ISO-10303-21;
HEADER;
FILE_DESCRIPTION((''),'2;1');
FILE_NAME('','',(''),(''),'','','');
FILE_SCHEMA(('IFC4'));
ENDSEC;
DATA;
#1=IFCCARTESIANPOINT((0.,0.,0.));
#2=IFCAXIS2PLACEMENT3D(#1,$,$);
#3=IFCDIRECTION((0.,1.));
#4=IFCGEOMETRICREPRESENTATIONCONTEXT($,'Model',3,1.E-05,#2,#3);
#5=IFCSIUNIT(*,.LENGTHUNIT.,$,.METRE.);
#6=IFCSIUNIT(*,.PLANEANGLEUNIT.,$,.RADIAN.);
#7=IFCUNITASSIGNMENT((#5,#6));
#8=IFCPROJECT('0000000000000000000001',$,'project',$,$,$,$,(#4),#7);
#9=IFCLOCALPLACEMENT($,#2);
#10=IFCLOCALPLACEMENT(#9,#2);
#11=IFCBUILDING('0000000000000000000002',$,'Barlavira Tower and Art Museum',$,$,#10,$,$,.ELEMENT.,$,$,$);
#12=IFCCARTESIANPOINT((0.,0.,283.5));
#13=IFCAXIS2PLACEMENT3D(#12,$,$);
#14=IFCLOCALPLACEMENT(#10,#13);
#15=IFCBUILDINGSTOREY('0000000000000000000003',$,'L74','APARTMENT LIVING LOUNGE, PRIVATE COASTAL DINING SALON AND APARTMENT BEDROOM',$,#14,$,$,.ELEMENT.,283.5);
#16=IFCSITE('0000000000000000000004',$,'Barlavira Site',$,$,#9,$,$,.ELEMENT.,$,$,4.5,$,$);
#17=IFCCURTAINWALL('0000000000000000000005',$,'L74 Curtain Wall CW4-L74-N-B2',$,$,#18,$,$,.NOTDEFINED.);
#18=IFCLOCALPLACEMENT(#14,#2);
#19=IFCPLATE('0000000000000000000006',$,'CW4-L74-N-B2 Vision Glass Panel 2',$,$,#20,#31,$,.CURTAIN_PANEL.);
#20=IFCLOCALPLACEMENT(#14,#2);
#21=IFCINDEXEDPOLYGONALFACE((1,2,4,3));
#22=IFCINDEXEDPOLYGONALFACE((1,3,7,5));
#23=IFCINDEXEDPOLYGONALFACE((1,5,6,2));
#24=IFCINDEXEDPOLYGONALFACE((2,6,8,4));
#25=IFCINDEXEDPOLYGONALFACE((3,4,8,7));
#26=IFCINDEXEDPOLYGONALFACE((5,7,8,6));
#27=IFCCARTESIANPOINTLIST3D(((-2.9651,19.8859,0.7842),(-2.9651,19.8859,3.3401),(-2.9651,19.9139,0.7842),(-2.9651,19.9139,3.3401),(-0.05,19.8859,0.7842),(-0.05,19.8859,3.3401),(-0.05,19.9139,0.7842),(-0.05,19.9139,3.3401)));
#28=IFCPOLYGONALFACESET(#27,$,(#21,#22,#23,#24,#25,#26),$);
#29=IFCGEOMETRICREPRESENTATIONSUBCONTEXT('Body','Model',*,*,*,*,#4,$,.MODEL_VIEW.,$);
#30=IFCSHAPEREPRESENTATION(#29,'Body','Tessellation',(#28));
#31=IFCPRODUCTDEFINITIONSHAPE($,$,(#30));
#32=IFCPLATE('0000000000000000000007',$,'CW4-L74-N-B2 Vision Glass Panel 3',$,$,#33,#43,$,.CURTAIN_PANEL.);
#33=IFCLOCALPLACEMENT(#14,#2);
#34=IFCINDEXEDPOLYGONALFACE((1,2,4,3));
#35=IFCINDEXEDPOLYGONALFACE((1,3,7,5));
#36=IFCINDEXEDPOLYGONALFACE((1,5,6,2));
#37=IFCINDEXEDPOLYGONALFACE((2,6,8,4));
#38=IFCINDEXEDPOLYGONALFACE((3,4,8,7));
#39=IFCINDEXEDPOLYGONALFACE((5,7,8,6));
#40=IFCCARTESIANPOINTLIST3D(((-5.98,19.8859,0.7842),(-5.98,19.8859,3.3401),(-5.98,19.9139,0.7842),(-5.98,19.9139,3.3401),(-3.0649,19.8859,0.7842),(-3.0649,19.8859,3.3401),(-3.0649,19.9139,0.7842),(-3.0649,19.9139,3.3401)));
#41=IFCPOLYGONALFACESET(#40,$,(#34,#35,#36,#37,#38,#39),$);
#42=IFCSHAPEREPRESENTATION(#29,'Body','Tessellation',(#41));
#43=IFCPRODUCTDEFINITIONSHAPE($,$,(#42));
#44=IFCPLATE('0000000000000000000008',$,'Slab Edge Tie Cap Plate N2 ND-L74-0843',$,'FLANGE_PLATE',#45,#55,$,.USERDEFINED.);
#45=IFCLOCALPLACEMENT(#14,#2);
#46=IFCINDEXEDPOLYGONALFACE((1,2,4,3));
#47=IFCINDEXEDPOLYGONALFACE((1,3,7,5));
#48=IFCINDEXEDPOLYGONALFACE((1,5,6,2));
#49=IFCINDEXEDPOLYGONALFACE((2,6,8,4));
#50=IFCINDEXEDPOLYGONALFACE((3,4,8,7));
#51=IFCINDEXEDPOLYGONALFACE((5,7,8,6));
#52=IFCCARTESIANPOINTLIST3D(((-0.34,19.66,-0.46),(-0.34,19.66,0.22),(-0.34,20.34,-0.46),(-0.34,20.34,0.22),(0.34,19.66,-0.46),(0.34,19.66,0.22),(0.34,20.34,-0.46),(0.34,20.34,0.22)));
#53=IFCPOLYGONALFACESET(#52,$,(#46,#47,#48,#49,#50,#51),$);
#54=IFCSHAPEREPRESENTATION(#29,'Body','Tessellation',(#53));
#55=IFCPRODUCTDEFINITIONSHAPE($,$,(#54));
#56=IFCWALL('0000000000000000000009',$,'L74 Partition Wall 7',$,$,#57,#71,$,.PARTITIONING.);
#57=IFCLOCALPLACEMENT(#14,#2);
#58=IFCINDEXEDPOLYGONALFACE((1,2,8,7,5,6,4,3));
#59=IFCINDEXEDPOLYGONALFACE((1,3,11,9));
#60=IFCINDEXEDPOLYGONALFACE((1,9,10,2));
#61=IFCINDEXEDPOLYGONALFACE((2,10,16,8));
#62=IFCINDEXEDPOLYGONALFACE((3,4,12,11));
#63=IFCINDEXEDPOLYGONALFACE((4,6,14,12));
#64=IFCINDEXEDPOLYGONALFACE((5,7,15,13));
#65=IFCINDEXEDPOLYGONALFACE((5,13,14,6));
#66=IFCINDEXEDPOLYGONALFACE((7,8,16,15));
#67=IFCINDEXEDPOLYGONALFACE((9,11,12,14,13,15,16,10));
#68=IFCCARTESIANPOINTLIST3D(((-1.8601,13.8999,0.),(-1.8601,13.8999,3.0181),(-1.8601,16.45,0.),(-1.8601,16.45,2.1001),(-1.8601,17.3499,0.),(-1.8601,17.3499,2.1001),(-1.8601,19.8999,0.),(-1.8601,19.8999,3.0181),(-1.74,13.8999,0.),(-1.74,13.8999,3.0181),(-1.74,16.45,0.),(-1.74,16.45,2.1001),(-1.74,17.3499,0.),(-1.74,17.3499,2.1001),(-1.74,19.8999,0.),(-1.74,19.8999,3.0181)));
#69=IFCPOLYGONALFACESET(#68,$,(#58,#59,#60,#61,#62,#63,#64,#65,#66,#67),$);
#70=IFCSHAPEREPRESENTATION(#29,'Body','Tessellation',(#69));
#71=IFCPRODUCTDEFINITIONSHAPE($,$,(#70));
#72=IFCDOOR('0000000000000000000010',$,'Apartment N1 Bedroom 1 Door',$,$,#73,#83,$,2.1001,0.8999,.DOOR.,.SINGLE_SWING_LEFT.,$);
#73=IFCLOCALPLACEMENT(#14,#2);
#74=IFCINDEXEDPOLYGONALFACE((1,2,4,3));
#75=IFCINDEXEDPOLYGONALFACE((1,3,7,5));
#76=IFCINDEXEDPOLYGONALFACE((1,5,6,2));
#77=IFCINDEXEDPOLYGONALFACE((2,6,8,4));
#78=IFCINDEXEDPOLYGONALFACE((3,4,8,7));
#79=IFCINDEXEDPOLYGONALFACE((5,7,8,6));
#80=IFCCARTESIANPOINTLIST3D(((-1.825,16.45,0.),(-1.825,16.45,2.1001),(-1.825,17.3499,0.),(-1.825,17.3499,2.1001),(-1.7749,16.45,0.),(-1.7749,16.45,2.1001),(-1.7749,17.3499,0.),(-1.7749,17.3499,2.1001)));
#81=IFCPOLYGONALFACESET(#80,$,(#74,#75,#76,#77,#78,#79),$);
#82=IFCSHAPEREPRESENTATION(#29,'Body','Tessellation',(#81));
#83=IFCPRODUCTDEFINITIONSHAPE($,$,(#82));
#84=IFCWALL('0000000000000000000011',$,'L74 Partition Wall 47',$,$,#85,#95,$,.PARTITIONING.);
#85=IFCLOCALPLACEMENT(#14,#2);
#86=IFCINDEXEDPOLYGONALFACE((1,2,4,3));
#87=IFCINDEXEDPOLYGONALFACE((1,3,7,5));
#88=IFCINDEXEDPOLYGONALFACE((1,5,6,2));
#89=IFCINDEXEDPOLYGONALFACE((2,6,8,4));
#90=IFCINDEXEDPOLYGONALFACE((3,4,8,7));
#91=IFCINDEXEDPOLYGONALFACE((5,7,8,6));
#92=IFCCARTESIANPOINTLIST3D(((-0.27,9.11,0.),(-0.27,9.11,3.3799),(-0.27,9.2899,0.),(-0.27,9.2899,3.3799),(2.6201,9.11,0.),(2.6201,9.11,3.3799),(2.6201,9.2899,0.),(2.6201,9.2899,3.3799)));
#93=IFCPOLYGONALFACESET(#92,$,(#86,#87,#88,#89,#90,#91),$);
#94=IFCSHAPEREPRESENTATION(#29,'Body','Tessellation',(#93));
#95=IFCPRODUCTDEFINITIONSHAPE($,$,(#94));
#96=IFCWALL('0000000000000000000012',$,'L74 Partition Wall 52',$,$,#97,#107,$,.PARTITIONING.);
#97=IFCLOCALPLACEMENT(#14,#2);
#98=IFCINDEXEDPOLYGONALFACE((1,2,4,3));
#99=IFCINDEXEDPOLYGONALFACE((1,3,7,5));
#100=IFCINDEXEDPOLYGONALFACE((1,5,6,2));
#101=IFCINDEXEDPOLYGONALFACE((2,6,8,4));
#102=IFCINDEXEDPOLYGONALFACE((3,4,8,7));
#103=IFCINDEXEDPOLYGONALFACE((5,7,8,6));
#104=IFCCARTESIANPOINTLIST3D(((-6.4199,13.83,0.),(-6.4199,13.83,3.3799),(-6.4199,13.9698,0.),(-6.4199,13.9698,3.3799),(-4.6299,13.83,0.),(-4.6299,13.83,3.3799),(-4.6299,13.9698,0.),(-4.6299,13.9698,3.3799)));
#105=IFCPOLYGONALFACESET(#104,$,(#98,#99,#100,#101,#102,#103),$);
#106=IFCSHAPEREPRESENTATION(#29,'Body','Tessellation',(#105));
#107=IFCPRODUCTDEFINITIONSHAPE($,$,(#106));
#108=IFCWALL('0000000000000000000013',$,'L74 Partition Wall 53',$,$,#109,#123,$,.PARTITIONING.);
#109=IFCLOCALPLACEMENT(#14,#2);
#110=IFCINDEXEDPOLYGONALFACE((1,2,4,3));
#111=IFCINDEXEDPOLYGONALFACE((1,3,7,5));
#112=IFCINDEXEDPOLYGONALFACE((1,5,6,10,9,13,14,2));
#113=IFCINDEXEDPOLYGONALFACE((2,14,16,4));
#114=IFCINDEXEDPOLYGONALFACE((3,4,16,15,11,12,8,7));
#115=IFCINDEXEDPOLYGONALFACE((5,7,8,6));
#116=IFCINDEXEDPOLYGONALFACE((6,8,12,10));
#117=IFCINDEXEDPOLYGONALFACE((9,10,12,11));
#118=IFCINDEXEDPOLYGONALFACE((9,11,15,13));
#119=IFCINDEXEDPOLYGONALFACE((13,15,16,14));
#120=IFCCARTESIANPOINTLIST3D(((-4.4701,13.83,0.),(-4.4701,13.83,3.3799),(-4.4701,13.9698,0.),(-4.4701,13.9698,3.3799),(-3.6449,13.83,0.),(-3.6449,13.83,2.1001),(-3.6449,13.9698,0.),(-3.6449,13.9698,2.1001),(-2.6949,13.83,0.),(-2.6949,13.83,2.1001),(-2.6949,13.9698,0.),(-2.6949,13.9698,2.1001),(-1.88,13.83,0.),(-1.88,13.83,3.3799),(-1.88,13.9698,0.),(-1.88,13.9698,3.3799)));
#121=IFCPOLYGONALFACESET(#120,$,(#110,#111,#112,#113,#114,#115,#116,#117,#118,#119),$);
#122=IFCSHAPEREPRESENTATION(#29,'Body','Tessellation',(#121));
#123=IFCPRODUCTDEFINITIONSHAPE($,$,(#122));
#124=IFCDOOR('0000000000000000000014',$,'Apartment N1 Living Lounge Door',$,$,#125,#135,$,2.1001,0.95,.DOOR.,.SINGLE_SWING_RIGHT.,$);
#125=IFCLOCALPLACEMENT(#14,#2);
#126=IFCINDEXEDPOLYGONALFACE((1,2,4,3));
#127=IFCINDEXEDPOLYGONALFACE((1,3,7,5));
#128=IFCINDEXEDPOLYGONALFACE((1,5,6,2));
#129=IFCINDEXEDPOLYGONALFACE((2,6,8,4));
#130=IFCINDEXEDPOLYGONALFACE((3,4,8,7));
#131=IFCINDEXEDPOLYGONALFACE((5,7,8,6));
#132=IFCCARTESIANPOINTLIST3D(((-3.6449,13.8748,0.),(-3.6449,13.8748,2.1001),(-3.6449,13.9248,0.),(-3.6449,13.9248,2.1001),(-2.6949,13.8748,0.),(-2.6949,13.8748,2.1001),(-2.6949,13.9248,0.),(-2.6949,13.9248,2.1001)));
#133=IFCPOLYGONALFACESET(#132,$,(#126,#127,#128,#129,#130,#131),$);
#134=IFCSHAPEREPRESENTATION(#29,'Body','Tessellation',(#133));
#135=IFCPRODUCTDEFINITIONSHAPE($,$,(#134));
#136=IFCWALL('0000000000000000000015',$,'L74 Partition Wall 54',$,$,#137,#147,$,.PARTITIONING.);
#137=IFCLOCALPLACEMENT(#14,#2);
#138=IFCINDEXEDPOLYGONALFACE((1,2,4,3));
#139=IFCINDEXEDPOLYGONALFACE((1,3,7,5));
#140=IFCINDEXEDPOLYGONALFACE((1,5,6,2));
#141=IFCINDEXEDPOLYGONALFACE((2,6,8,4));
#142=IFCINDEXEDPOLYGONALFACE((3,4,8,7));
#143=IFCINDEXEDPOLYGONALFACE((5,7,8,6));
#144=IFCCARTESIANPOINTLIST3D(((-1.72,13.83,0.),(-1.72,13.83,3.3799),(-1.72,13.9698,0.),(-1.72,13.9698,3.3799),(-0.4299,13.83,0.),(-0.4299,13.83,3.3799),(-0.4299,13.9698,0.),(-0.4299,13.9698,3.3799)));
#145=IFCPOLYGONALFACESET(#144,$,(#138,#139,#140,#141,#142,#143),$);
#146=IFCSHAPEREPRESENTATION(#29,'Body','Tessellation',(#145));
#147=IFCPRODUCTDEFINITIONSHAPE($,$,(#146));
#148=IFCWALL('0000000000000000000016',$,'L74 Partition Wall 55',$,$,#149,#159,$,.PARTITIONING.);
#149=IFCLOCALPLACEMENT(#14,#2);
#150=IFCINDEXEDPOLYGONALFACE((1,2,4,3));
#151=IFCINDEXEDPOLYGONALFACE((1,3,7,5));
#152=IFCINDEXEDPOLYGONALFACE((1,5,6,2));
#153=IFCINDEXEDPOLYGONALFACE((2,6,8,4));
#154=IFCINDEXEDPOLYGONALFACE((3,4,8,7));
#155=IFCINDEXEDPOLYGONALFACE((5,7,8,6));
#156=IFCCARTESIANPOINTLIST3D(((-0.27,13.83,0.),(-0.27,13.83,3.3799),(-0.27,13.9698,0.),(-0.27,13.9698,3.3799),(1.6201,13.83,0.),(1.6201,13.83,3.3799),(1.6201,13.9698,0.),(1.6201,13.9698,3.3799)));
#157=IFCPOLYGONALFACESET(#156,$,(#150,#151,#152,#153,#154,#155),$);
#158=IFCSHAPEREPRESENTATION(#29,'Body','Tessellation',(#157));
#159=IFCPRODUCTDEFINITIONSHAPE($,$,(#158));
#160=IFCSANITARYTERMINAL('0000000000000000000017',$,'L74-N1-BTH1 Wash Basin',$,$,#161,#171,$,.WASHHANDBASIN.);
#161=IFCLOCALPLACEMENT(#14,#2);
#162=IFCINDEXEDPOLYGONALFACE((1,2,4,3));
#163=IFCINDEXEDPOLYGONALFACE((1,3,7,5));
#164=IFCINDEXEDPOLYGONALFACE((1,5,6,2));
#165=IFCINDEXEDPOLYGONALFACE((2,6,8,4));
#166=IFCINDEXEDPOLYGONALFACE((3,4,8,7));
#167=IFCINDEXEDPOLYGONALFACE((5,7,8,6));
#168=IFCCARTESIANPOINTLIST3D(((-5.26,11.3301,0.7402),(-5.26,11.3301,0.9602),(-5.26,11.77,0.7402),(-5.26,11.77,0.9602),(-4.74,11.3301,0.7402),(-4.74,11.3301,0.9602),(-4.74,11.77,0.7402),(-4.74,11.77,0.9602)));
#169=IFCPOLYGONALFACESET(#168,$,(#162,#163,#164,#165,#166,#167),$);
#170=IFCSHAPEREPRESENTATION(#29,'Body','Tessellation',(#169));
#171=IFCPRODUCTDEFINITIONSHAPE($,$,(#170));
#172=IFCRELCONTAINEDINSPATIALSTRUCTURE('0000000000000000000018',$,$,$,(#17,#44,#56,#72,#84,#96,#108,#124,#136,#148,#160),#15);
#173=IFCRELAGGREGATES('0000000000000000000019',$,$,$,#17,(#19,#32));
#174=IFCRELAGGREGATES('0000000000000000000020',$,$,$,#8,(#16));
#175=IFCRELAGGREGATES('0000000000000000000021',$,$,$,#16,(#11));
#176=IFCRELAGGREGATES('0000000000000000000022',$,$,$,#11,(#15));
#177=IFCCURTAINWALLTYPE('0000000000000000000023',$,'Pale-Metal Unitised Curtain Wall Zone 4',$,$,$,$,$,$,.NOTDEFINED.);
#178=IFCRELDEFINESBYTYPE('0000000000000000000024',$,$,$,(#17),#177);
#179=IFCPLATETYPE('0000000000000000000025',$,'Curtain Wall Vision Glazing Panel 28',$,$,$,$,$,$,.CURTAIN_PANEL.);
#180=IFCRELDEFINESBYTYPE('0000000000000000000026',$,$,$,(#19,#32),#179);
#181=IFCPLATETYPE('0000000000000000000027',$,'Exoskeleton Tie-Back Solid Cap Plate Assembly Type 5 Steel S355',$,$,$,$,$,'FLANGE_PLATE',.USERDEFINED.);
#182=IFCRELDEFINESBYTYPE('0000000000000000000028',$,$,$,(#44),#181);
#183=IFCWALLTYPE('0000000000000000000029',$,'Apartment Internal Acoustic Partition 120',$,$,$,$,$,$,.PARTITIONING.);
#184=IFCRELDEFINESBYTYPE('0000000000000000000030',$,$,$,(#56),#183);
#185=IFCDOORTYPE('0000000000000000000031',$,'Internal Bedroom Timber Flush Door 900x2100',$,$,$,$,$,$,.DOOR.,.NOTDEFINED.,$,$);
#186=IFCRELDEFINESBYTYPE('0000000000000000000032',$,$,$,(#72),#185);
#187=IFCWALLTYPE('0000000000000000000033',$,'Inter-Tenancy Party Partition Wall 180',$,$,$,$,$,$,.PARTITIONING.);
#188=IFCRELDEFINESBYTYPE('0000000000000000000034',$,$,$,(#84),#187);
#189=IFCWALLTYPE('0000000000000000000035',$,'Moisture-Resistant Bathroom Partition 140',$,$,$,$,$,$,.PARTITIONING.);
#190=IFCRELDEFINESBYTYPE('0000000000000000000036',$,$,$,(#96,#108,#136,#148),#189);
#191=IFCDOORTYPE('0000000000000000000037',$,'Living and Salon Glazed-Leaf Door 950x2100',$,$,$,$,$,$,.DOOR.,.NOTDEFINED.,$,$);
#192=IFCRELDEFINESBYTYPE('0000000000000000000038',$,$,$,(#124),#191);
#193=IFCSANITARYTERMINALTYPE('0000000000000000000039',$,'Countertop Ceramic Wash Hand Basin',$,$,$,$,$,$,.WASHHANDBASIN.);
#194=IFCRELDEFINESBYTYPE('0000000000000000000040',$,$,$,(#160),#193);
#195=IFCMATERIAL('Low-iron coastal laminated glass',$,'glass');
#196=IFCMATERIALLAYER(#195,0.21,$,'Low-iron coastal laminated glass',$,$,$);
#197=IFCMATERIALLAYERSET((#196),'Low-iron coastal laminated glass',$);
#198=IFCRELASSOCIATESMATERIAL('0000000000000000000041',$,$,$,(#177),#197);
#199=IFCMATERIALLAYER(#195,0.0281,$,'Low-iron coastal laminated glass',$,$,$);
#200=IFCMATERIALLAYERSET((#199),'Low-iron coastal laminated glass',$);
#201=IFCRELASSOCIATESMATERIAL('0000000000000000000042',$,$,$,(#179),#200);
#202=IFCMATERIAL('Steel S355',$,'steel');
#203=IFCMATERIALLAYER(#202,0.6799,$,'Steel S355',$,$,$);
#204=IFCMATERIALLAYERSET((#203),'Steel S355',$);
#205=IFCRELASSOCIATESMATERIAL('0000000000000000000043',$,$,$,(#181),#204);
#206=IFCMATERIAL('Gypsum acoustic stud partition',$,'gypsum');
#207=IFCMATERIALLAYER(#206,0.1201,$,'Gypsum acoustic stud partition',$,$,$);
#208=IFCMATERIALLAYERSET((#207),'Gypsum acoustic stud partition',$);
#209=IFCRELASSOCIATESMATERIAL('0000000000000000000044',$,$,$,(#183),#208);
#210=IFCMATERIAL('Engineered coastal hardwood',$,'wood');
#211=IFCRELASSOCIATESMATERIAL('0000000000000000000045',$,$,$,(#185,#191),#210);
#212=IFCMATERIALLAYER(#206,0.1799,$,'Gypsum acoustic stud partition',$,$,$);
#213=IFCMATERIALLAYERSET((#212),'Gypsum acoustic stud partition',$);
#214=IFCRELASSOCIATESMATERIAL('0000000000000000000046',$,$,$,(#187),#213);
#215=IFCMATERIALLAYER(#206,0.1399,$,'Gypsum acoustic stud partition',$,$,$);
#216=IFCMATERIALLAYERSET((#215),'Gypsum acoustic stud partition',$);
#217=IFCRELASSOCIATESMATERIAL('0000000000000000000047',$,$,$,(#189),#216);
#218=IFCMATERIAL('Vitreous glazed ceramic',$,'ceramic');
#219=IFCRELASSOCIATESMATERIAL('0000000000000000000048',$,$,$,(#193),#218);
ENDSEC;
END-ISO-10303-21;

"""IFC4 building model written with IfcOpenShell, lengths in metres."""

from ifc_helpers import new_model, si_unit, direction, frame, frame_2d, origin, origin_2d, place, context, subcontext, project, spatial, rectangle, extrude, material, layer, layer_set, type_object, element, fill, aggregate, save


model = new_model("IFC4")

# Units and contexts
model_context = context("Model", 3, precision=1e-05, world=origin(), true_north=direction((0.0, 1.0)))
body_context = subcontext(model_context, "Body", "Model", "MODEL_VIEW")
ifc_project = project(units=[si_unit("LENGTHUNIT", "METRE"), si_unit("PLANEANGLEUNIT", "RADIAN")], contexts=[model_context])

# Site, building, storey
site_placement = place(None, origin())
site = spatial("IfcSite", under=ifc_project, at=site_placement, Name="Barlavira Site", CompositionType="ELEMENT", RefElevation=4.5)
building_placement = place(site_placement, origin())
building = spatial("IfcBuilding", under=site, at=building_placement, Name="Barlavira Tower and Art Museum", CompositionType="ELEMENT")
storey_placement = place(building_placement, frame((0.0, 0.0, 283.5)))
storey = spatial("IfcBuildingStorey", under=building, at=storey_placement, Name="L74", Description="APARTMENT LIVING LOUNGE, PRIVATE COASTAL DINING SALON AND APARTMENT BEDROOM", CompositionType="ELEMENT", Elevation=283.5)

# Curtain wall, plates
ifc_material_1 = material(Name="Low-iron coastal laminated glass", Category="glass")
ifc_layer_1 = layer(ifc_material_1, 0.21, Name="Low-iron coastal laminated glass")
ifc_layer_set_1 = layer_set([ifc_layer_1], Name="Low-iron coastal laminated glass")
curtain_wall_type = type_object("IfcCurtainWallType", Name="Pale-Metal Unitised Curtain Wall Zone 4", PredefinedType="NOTDEFINED", material=ifc_layer_set_1)
curtain_wall_placement = place(storey_placement, origin())
curtain_wall = element("IfcCurtainWall", 1, at=curtain_wall_placement, inside=storey, type_object=curtain_wall_type, Name="L74 Curtain Wall CW4-L74-N-B2", PredefinedType="NOTDEFINED")
ifc_layer_2 = layer(ifc_material_1, 0.0281, Name="Low-iron coastal laminated glass")
ifc_layer_set_2 = layer_set([ifc_layer_2], Name="Low-iron coastal laminated glass")
plate_type_1 = type_object("IfcPlateType", Name="Curtain Wall Vision Glazing Panel 28", PredefinedType="CURTAIN_PANEL", material=ifc_layer_set_2)
plate_1_placement = place(storey_placement, frame((-1.5076, 19.8999, 0.7842), z_axis=(0.0, 0.0, 1.0), x_axis=(-1.0, 0.0, 0.0)))
plate_1 = element("IfcPlate", 2, at=plate_1_placement, type_object=plate_type_1, Name="CW4-L74-N-B2 Vision Glass Panel 2", PredefinedType="CURTAIN_PANEL", context=body_context, shape_type="SweptSolid", body=[
    extrude(rectangle(XDim=2.915, YDim=0.0281, at=origin_2d()), origin(), (0.0, 0.0, 1.0), 2.5559),
])
plate_2_placement = place(storey_placement, frame((-4.5225, 19.8999, 0.7842), z_axis=(0.0, 0.0, 1.0), x_axis=(-1.0, 0.0, 0.0)))
plate_2 = element("IfcPlate", 3, at=plate_2_placement, type_object=plate_type_1, Name="CW4-L74-N-B2 Vision Glass Panel 3", PredefinedType="CURTAIN_PANEL", context=body_context, shape_type="SweptSolid", body=[
    extrude(rectangle(XDim=2.915, YDim=0.0281, at=origin_2d()), origin(), (0.0, 0.0, 1.0), 2.5559),
])
aggregate(curtain_wall, [plate_1, plate_2])

# Plate
ifc_material_2 = material(Name="Steel S355", Category="steel")
ifc_layer_3 = layer(ifc_material_2, 0.6799, Name="Steel S355")
ifc_layer_set_3 = layer_set([ifc_layer_3], Name="Steel S355")
plate_type_2 = type_object("IfcPlateType", Name="Exoskeleton Tie-Back Solid Cap Plate Assembly Type 5 Steel S355", ElementType="FLANGE_PLATE", PredefinedType="USERDEFINED", material=ifc_layer_set_3)
plate_3_placement = place(storey_placement, frame((0.0, 20.0, -0.46), z_axis=(0.0, 0.0, 1.0), x_axis=(1.0, 0.0, 0.0)))
element("IfcPlate", 4, at=plate_3_placement, inside=storey, type_object=plate_type_2, Name="Slab Edge Tie Cap Plate N2 ND-L74-0843", ObjectType="FLANGE_PLATE", PredefinedType="USERDEFINED", context=body_context, shape_type="SweptSolid", body=[
    extrude(rectangle(XDim=0.6799, YDim=0.6799, at=origin_2d()), origin(), (0.0, 0.0, 1.0), 0.6799),
])

# Wall, opening, door
ifc_material_3 = material(Name="Gypsum acoustic stud partition", Category="gypsum")
ifc_layer_4 = layer(ifc_material_3, 0.1201, Name="Gypsum acoustic stud partition")
ifc_layer_set_4 = layer_set([ifc_layer_4], Name="Gypsum acoustic stud partition")
wall_type_1 = type_object("IfcWallType", Name="Apartment Internal Acoustic Partition 120", PredefinedType="PARTITIONING", material=ifc_layer_set_4)
wall_1_placement = place(storey_placement, frame((-1.8, 13.8999, 0.0), z_axis=(0.0, 0.0, 1.0), x_axis=(0.0, 1.0, 0.0)))
wall_1 = element("IfcWall", 5, at=wall_1_placement, inside=storey, type_object=wall_type_1, Name="L74 Partition Wall 7", PredefinedType="PARTITIONING", context=body_context, shape_type="SweptSolid", body=[
    extrude(rectangle(XDim=6.0, YDim=0.1201, at=frame_2d((3.0, 0.0))), origin(), (0.0, 0.0, 1.0), 3.0181),
])
opening_1_placement = place(wall_1_placement, frame((2.55, 0.0, 0.0)))
opening_1 = element("IfcOpeningElement", 6, at=opening_1_placement, cuts=wall_1, PredefinedType="OPENING", context=body_context, shape_type="SweptSolid", body=[
    extrude(rectangle(XDim=0.8999, YDim=2.1001, at=frame_2d((0.45, 1.05))), frame((0.0, 0.0701, 0.0), z_axis=(0.0, -1.0, 0.0), x_axis=(1.0, 0.0, 0.0)), (0.0, 0.0, 1.0), 0.1401),
])
ifc_material_4 = material(Name="Engineered coastal hardwood", Category="wood")
door_type_1 = type_object("IfcDoorType", Name="Internal Bedroom Timber Flush Door 900x2100", OperationType="NOTDEFINED", PredefinedType="DOOR", material=ifc_material_4)
door_1_placement = place(opening_1_placement, origin())
door_1 = element("IfcDoor", 7, at=door_1_placement, inside=storey, type_object=door_type_1, Name="Apartment N1 Bedroom 1 Door", OperationType="SINGLE_SWING_LEFT", OverallHeight=2.1001, OverallWidth=0.8999, PredefinedType="DOOR", context=body_context, shape_type="SweptSolid", body=[
    extrude(rectangle(XDim=0.8999, YDim=2.1001, at=frame_2d((0.45, 1.05))), frame((0.0, 0.0249, 0.0), z_axis=(0.0, -1.0, 0.0), x_axis=(1.0, 0.0, 0.0)), (0.0, 0.0, 1.0), 0.05),
])
fill(opening_1, door_1)

# Walls
ifc_layer_5 = layer(ifc_material_3, 0.1799, Name="Gypsum acoustic stud partition")
ifc_layer_set_5 = layer_set([ifc_layer_5], Name="Gypsum acoustic stud partition")
wall_type_2 = type_object("IfcWallType", Name="Inter-Tenancy Party Partition Wall 180", PredefinedType="PARTITIONING", material=ifc_layer_set_5)
wall_2_placement = place(storey_placement, frame((-0.27, 9.2, 0.0), z_axis=(0.0, 0.0, 1.0), x_axis=(1.0, 0.0, 0.0)))
element("IfcWall", 8, at=wall_2_placement, inside=storey, type_object=wall_type_2, Name="L74 Partition Wall 47", PredefinedType="PARTITIONING", context=body_context, shape_type="SweptSolid", body=[
    extrude(rectangle(XDim=2.8901, YDim=0.1799, at=frame_2d((1.4451, 0.0))), origin(), (0.0, 0.0, 1.0), 3.3799),
])
ifc_layer_6 = layer(ifc_material_3, 0.1399, Name="Gypsum acoustic stud partition")
ifc_layer_set_6 = layer_set([ifc_layer_6], Name="Gypsum acoustic stud partition")
wall_type_3 = type_object("IfcWallType", Name="Moisture-Resistant Bathroom Partition 140", PredefinedType="PARTITIONING", material=ifc_layer_set_6)
wall_3_placement = place(storey_placement, frame((-6.4199, 13.8999, 0.0), z_axis=(0.0, 0.0, 1.0), x_axis=(1.0, 0.0, 0.0)))
element("IfcWall", 9, at=wall_3_placement, inside=storey, type_object=wall_type_3, Name="L74 Partition Wall 52", PredefinedType="PARTITIONING", context=body_context, shape_type="SweptSolid", body=[
    extrude(rectangle(XDim=1.79, YDim=0.1399, at=frame_2d((0.895, 0.0))), origin(), (0.0, 0.0, 1.0), 3.3799),
])

# Wall, opening, door
wall_4_placement = place(storey_placement, frame((-4.47, 13.8999, 0.0), z_axis=(0.0, 0.0, 1.0), x_axis=(1.0, 0.0, 0.0)))
wall_4 = element("IfcWall", 10, at=wall_4_placement, inside=storey, type_object=wall_type_3, Name="L74 Partition Wall 53", PredefinedType="PARTITIONING", context=body_context, shape_type="SweptSolid", body=[
    extrude(rectangle(XDim=2.5901, YDim=0.1399, at=frame_2d((1.2949, 0.0))), origin(), (0.0, 0.0, 1.0), 3.3799),
])
opening_2_placement = place(wall_4_placement, frame((0.825, 0.0, 0.0)))
opening_2 = element("IfcOpeningElement", 11, at=opening_2_placement, cuts=wall_4, PredefinedType="OPENING", context=body_context, shape_type="SweptSolid", body=[
    extrude(rectangle(XDim=0.95, YDim=2.1001, at=frame_2d((0.4751, 1.05))), frame((0.0, 0.0801, 0.0), z_axis=(0.0, -1.0, 0.0), x_axis=(1.0, 0.0, 0.0)), (0.0, 0.0, 1.0), 0.1599),
])
door_type_2 = type_object("IfcDoorType", Name="Living and Salon Glazed-Leaf Door 950x2100", OperationType="NOTDEFINED", PredefinedType="DOOR", material=ifc_material_4)
door_2_placement = place(opening_2_placement, origin())
door_2 = element("IfcDoor", 12, at=door_2_placement, inside=storey, type_object=door_type_2, Name="Apartment N1 Living Lounge Door", OperationType="SINGLE_SWING_RIGHT", OverallHeight=2.1001, OverallWidth=0.95, PredefinedType="DOOR", context=body_context, shape_type="SweptSolid", body=[
    extrude(rectangle(XDim=0.95, YDim=2.1001, at=frame_2d((0.4751, 1.05))), frame((0.0, 0.0249, 0.0), z_axis=(0.0, -1.0, 0.0), x_axis=(1.0, 0.0, 0.0)), (0.0, 0.0, 1.0), 0.05),
])
fill(opening_2, door_2)

# Walls
wall_5_placement = place(storey_placement, frame((-1.72, 13.8999, 0.0), z_axis=(0.0, 0.0, 1.0), x_axis=(1.0, 0.0, 0.0)))
element("IfcWall", 13, at=wall_5_placement, inside=storey, type_object=wall_type_3, Name="L74 Partition Wall 54", PredefinedType="PARTITIONING", context=body_context, shape_type="SweptSolid", body=[
    extrude(rectangle(XDim=1.29, YDim=0.1399, at=frame_2d((0.645, 0.0))), origin(), (0.0, 0.0, 1.0), 3.3799),
])
wall_6_placement = place(storey_placement, frame((-0.27, 13.8999, 0.0), z_axis=(0.0, 0.0, 1.0), x_axis=(1.0, 0.0, 0.0)))
element("IfcWall", 14, at=wall_6_placement, inside=storey, type_object=wall_type_3, Name="L74 Partition Wall 55", PredefinedType="PARTITIONING", context=body_context, shape_type="SweptSolid", body=[
    extrude(rectangle(XDim=1.8901, YDim=0.1399, at=frame_2d((0.9451, 0.0))), origin(), (0.0, 0.0, 1.0), 3.3799),
])

# Sanitary terminal
ifc_material_5 = material(Name="Vitreous glazed ceramic", Category="ceramic")
sanitary_terminal_type_1 = type_object("IfcSanitaryTerminalType", Name="Countertop Ceramic Wash Hand Basin", PredefinedType="WASHHANDBASIN", material=ifc_material_5)
sanitary_terminal_1_placement = place(storey_placement, frame((-5.0, 11.55, 0.7402), z_axis=(0.0, 0.0, 1.0), x_axis=(1.0, 0.0, 0.0)))
element("IfcSanitaryTerminal", 15, at=sanitary_terminal_1_placement, inside=storey, type_object=sanitary_terminal_type_1, Name="L74-N1-BTH1 Wash Basin", PredefinedType="WASHHANDBASIN", context=body_context, shape_type="SweptSolid", body=[
    extrude(rectangle(XDim=0.52, YDim=0.4399, at=origin_2d()), origin(), (0.0, 0.0, 1.0), 0.22),
])

save(model, "model.ifc")
